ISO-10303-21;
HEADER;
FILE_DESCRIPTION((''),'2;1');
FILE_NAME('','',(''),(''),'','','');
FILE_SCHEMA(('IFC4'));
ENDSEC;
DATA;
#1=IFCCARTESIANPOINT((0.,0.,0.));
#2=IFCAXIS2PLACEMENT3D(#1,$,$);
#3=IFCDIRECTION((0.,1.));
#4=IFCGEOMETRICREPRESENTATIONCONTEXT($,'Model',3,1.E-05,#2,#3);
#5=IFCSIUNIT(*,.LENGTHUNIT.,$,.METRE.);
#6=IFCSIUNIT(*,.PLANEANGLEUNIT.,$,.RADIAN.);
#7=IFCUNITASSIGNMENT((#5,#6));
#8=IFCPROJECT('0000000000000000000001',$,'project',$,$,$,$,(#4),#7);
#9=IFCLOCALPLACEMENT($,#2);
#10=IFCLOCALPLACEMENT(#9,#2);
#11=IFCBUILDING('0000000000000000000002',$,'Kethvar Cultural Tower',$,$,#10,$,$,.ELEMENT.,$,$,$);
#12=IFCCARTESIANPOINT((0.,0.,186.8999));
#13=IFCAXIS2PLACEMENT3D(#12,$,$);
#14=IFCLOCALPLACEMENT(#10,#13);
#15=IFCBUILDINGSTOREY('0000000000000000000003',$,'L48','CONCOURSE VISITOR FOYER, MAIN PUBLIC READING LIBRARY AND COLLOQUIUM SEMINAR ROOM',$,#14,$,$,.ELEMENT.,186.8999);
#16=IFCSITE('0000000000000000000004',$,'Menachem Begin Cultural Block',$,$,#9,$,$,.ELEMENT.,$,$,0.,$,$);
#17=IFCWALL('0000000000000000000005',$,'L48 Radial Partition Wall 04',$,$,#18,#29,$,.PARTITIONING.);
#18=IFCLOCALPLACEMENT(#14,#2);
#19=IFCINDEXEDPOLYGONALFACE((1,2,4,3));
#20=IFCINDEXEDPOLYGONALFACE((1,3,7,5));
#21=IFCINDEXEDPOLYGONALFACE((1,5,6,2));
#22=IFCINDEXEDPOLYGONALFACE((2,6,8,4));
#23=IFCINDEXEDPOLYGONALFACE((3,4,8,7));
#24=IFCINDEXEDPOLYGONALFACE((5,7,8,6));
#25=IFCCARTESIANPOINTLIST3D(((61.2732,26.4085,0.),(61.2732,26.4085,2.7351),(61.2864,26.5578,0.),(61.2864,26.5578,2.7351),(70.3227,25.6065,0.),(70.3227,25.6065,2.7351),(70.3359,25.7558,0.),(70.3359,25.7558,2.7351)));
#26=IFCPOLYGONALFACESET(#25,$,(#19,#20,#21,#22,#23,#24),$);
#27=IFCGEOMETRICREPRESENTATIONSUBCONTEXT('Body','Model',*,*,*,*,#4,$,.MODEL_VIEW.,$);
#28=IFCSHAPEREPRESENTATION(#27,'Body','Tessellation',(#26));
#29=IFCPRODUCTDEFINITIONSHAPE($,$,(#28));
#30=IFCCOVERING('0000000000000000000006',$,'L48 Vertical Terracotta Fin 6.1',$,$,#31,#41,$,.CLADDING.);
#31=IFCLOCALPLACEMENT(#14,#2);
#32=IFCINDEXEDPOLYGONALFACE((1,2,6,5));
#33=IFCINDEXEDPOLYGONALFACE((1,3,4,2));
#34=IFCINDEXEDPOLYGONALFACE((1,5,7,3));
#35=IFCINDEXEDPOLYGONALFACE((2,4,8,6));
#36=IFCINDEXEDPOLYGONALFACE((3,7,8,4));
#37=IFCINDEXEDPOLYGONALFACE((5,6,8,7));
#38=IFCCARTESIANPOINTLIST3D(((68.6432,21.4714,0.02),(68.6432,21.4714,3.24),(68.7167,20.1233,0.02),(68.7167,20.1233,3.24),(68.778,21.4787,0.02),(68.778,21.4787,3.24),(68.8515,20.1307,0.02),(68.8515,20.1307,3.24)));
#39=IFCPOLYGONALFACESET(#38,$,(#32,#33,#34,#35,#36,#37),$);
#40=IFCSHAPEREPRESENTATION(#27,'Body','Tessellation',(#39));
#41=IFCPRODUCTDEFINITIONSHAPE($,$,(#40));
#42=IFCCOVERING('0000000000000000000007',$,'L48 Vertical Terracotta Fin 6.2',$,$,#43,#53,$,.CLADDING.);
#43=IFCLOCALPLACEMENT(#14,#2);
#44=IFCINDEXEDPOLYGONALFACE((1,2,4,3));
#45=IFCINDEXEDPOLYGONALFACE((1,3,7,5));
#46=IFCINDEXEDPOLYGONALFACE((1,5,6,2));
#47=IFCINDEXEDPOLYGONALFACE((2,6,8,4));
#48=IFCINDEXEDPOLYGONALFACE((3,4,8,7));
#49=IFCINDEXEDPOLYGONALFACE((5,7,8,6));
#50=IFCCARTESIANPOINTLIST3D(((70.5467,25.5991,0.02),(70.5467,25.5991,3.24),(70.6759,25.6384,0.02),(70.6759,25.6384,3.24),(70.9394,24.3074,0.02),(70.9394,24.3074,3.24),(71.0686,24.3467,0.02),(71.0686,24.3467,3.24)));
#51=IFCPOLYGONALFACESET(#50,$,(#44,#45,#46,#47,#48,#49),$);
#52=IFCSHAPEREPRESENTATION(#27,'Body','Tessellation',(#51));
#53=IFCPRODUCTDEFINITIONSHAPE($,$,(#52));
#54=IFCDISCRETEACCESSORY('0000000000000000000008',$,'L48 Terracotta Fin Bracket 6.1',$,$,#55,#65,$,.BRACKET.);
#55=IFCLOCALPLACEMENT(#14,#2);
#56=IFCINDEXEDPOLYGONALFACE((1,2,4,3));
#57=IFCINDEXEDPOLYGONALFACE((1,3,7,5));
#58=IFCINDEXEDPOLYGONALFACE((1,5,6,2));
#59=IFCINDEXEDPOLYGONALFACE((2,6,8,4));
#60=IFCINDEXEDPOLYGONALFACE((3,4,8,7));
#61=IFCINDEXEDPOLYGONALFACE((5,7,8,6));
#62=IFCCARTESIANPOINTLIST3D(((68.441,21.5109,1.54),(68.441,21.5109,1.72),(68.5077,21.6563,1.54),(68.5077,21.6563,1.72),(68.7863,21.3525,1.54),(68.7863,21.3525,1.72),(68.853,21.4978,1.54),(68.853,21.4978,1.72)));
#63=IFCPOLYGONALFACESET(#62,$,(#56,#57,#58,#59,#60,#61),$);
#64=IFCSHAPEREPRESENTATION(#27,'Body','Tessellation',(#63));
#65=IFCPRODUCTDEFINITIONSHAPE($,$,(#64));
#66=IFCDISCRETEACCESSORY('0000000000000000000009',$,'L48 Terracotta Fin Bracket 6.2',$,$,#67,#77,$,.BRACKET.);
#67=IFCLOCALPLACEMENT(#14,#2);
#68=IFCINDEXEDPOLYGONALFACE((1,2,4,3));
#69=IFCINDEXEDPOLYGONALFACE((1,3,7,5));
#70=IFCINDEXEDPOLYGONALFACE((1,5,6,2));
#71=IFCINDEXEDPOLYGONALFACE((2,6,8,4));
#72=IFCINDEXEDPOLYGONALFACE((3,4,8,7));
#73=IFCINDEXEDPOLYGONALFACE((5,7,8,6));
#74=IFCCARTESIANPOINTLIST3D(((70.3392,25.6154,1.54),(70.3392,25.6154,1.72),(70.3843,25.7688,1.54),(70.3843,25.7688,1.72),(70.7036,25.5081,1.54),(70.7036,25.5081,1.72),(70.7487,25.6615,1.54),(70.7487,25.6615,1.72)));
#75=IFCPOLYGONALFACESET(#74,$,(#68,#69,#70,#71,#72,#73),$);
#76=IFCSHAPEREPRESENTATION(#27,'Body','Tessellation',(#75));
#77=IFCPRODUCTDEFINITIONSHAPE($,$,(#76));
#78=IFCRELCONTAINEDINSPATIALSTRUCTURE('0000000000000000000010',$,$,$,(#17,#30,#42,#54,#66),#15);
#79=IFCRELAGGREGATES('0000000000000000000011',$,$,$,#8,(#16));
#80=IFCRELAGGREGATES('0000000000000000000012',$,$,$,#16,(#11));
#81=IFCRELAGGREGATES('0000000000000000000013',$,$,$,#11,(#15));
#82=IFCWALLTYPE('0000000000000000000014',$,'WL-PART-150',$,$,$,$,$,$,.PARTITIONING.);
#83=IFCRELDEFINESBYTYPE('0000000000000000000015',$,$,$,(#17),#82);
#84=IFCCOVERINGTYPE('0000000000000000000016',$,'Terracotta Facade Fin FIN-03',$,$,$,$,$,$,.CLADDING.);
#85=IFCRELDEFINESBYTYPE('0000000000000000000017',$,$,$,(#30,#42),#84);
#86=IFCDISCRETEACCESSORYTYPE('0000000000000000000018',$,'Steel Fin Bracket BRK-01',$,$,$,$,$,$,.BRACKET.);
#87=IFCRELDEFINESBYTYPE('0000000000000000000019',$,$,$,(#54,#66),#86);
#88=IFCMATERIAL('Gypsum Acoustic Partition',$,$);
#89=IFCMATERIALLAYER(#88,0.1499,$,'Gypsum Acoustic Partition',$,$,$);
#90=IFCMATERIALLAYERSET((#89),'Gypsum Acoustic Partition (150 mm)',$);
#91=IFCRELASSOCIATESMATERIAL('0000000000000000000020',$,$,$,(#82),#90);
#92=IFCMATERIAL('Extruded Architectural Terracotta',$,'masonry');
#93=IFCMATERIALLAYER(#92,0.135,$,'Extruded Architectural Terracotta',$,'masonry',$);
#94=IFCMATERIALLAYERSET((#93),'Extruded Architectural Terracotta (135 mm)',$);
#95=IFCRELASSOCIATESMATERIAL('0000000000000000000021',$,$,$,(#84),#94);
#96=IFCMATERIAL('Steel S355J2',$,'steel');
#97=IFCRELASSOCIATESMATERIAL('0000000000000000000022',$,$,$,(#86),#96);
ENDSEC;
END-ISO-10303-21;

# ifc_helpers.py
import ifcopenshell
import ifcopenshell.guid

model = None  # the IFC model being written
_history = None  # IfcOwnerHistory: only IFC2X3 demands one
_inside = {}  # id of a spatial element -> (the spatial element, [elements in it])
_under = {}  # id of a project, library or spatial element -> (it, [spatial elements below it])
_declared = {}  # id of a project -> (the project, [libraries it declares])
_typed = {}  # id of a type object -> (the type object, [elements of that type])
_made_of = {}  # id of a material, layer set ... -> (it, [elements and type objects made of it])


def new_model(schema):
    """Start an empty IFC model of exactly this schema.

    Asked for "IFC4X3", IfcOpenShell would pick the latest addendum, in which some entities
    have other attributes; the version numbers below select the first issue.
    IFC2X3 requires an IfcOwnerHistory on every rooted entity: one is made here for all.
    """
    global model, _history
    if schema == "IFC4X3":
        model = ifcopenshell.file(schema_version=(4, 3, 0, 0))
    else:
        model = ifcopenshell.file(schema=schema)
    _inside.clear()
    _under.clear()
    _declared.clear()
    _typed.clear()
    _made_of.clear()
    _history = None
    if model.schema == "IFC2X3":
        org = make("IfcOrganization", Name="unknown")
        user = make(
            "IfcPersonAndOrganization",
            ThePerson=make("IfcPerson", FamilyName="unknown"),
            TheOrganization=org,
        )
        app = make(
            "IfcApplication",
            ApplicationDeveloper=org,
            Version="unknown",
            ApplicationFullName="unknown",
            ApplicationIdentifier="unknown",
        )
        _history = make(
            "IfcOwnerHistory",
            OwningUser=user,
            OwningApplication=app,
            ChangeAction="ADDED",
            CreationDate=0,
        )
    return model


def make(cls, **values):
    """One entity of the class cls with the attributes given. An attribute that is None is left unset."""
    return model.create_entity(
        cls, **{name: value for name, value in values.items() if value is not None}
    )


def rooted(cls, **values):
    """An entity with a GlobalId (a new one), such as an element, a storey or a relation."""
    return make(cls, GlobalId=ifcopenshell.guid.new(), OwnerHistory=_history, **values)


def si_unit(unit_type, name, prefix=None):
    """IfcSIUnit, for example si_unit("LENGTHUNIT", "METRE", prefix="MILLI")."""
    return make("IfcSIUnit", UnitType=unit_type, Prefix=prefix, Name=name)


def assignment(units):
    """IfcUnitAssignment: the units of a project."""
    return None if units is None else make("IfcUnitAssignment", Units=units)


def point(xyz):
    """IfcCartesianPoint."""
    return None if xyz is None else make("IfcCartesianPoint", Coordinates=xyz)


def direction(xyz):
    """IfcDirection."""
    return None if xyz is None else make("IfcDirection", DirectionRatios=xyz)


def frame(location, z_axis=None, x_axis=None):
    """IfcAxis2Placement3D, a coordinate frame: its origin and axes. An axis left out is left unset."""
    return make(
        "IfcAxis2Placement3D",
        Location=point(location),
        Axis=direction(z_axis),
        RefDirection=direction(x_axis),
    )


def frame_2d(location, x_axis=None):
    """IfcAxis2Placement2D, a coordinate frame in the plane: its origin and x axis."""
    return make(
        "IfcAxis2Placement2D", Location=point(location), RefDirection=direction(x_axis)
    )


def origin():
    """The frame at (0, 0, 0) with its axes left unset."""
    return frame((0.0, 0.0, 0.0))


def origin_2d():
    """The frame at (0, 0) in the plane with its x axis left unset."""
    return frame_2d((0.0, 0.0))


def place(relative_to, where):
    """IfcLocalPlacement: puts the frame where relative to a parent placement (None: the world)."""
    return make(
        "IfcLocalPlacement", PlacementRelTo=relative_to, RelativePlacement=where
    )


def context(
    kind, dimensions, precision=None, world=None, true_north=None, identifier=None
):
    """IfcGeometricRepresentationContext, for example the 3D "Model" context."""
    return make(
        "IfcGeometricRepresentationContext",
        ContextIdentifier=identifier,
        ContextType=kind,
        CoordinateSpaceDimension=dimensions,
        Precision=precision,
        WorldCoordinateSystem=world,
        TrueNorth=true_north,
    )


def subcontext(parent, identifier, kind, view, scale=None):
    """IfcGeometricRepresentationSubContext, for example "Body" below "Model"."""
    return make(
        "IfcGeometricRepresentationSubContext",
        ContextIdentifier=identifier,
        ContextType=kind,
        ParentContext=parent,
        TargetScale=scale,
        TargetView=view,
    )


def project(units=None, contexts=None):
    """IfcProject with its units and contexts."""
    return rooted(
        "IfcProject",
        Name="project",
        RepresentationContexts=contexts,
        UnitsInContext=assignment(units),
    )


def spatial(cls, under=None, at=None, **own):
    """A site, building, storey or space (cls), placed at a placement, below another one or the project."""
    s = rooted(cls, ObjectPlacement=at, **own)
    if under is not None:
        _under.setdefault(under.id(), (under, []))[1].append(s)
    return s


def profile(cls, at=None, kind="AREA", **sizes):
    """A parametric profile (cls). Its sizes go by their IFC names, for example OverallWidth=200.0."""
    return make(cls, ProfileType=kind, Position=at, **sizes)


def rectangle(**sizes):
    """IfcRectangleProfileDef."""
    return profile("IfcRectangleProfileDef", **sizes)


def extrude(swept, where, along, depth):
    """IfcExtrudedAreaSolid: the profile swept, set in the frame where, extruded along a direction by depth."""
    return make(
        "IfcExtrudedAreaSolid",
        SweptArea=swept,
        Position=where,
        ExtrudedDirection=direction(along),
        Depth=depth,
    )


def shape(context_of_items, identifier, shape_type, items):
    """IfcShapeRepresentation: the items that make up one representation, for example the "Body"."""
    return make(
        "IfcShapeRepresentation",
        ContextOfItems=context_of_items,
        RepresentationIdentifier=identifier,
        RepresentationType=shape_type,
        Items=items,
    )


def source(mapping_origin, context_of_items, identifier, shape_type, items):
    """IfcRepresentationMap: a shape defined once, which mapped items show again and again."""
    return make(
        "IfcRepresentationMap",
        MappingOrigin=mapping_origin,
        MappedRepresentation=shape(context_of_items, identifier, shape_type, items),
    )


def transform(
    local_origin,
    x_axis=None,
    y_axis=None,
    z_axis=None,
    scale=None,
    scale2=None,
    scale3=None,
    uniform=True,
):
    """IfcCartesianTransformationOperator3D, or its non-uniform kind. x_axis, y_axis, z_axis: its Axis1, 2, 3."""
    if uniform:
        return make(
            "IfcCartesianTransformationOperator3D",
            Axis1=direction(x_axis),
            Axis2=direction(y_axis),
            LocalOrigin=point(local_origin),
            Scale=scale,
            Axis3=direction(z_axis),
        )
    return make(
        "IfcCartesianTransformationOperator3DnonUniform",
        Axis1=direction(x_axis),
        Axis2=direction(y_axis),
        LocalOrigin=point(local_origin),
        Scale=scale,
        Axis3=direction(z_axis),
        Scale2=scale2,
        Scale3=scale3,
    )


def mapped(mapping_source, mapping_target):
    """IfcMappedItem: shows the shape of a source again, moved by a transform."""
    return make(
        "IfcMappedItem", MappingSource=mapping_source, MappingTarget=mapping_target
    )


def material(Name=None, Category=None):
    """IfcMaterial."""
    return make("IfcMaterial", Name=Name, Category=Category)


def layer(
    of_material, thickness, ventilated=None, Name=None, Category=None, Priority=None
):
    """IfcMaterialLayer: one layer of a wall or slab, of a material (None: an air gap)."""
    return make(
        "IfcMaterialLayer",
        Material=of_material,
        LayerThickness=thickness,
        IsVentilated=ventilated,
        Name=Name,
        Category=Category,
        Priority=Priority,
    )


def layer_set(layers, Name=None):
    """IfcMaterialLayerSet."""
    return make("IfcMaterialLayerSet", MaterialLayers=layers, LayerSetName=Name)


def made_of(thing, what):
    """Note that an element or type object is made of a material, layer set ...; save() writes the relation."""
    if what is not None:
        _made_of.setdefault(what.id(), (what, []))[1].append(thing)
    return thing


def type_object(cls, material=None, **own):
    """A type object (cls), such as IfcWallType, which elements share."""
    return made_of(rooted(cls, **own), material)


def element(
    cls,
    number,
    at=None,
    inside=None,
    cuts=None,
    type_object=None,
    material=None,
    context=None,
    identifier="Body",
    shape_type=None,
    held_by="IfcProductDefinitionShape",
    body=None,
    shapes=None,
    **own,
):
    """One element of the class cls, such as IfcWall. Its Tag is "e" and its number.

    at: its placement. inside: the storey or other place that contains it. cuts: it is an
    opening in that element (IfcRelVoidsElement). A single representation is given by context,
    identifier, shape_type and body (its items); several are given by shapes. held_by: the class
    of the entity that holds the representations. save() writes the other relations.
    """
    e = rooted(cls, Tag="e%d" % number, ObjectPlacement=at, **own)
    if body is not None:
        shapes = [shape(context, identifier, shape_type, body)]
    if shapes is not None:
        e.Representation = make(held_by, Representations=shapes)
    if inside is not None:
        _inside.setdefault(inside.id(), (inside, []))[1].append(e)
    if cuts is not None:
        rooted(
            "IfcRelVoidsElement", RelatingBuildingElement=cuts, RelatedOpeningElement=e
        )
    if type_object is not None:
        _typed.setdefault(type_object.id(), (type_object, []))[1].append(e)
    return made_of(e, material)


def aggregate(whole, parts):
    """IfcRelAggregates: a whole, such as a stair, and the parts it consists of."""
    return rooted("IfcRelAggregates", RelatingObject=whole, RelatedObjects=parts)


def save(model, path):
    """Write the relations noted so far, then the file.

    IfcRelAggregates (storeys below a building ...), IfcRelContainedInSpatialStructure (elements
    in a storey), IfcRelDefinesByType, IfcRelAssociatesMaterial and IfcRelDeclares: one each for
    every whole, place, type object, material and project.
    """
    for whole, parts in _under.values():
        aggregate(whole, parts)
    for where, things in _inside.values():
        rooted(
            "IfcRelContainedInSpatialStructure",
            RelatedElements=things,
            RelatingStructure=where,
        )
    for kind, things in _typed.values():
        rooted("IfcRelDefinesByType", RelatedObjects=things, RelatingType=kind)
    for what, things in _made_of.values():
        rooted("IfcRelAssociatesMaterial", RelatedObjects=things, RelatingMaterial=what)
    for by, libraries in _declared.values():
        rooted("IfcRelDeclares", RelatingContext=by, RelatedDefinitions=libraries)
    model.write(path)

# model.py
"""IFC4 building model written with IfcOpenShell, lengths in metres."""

from ifc_helpers import new_model, si_unit, direction, frame, frame_2d, origin, origin_2d, place, context, subcontext, project, spatial, rectangle, extrude, source, transform, mapped, material, layer, layer_set, type_object, element, save


model = new_model("IFC4")

# Units and contexts
model_context = context("Model", 3, precision=1e-05, world=origin(), true_north=direction((0.0, 1.0)))
body_context = subcontext(model_context, "Body", "Model", "MODEL_VIEW")
ifc_project = project(units=[si_unit("LENGTHUNIT", "METRE"), si_unit("PLANEANGLEUNIT", "RADIAN")], contexts=[model_context])

# Site, building, storey
site_placement = place(None, origin())
site = spatial("IfcSite", under=ifc_project, at=site_placement, Name="Menachem Begin Cultural Block", CompositionType="ELEMENT", RefElevation=0.0)
building_placement = place(site_placement, origin())
building = spatial("IfcBuilding", under=site, at=building_placement, Name="Kethvar Cultural Tower", CompositionType="ELEMENT")
storey_placement = place(building_placement, frame((0.0, 0.0, 186.8999)))
storey = spatial("IfcBuildingStorey", under=building, at=storey_placement, Name="L48", Description="CONCOURSE VISITOR FOYER, MAIN PUBLIC READING LIBRARY AND COLLOQUIUM SEMINAR ROOM", CompositionType="ELEMENT", Elevation=186.8999)

# Shared definitions
ifc_material_1 = material(Name="Steel S355J2", Category="steel")

# Wall
ifc_material_2 = material(Name="Gypsum Acoustic Partition")
ifc_layer_1 = layer(ifc_material_2, 0.1499, Name="Gypsum Acoustic Partition")
ifc_layer_set_1 = layer_set([ifc_layer_1], Name="Gypsum Acoustic Partition (150 mm)")
wall_type_1 = type_object("IfcWallType", Name="WL-PART-150", PredefinedType="PARTITIONING", material=ifc_layer_set_1)
wall_1_placement = place(storey_placement, frame((61.2798, 26.4832, 0.0), z_axis=(0.0, 0.0, 1.0), x_axis=(0.996096, -0.088277, 0.0)))
element("IfcWall", 1, at=wall_1_placement, inside=storey, type_object=wall_type_1, Name="L48 Radial Partition Wall 04", PredefinedType="PARTITIONING", context=body_context, shape_type="SweptSolid", body=[
    extrude(rectangle(XDim=9.085, YDim=0.1499, at=frame_2d((4.5425, 0.0))), origin(), (0.0, 0.0, 1.0), 2.7351),
])

# Coverings
ifc_material_3 = material(Name="Extruded Architectural Terracotta", Category="masonry")
ifc_layer_2 = layer(ifc_material_3, 0.135, Name="Extruded Architectural Terracotta", Category="masonry")
ifc_layer_set_2 = layer_set([ifc_layer_2], Name="Extruded Architectural Terracotta (135 mm)")
covering_type = type_object("IfcCoveringType", Name="Terracotta Facade Fin FIN-03", PredefinedType="CLADDING", material=ifc_layer_set_2)
shared_shape_1 = source(origin(), body_context, "Body", "SweptSolid", [
    extrude(rectangle(XDim=1.3501, YDim=0.135, at=origin_2d()), origin(), (0.0, 0.0, 1.0), 3.22),
])
for number, where, z_axis, x_axis, name in (
    (2, (68.7473, 20.801, 0.02), (0.0, 0.0, 1.0), (0.054427, -0.998518, 0.0), "L48 Vertical Terracotta Fin 6.1"),
    (3, (70.8076, 24.9729, 0.02), (0.0, 0.0, 1.0), (0.290869, -0.956763, 0.0), "L48 Vertical Terracotta Fin 6.2"),
):
    element("IfcCovering", number, at=place(storey_placement, frame(where, z_axis=z_axis, x_axis=x_axis)), inside=storey, type_object=covering_type, Name=name, PredefinedType="CLADDING", context=body_context, shape_type="MappedRepresentation", body=[
        mapped(shared_shape_1, transform((0.0, 0.0, 0.0), scale=1.0)),
    ])

# Discrete accessories
discrete_accessory_type = type_object("IfcDiscreteAccessoryType", Name="Steel Fin Bracket BRK-01", PredefinedType="BRACKET", material=ifc_material_1)
shared_shape_2 = source(origin(), body_context, "Body", "SweptSolid", [
    extrude(rectangle(XDim=0.3799, YDim=0.1599, at=origin_2d()), origin(), (0.0, 0.0, 1.0), 0.1799),
])
for number, where, z_axis, x_axis, name in (
    (4, (68.647, 21.5044, 1.54), (0.0, 0.0, 1.0), (0.908872, -0.417074, 0.0), "L48 Terracotta Fin Bracket 6.1"),
    (5, (70.5439, 25.6384, 1.54), (0.0, 0.0, 1.0), (0.959265, -0.282509, 0.0), "L48 Terracotta Fin Bracket 6.2"),
):
    element("IfcDiscreteAccessory", number, at=place(storey_placement, frame(where, z_axis=z_axis, x_axis=x_axis)), inside=storey, type_object=discrete_accessory_type, Name=name, PredefinedType="BRACKET", context=body_context, shape_type="MappedRepresentation", body=[
        mapped(shared_shape_2, transform((0.0, 0.0, 0.0), scale=1.0)),
    ])

save(model, "model.ifc")
